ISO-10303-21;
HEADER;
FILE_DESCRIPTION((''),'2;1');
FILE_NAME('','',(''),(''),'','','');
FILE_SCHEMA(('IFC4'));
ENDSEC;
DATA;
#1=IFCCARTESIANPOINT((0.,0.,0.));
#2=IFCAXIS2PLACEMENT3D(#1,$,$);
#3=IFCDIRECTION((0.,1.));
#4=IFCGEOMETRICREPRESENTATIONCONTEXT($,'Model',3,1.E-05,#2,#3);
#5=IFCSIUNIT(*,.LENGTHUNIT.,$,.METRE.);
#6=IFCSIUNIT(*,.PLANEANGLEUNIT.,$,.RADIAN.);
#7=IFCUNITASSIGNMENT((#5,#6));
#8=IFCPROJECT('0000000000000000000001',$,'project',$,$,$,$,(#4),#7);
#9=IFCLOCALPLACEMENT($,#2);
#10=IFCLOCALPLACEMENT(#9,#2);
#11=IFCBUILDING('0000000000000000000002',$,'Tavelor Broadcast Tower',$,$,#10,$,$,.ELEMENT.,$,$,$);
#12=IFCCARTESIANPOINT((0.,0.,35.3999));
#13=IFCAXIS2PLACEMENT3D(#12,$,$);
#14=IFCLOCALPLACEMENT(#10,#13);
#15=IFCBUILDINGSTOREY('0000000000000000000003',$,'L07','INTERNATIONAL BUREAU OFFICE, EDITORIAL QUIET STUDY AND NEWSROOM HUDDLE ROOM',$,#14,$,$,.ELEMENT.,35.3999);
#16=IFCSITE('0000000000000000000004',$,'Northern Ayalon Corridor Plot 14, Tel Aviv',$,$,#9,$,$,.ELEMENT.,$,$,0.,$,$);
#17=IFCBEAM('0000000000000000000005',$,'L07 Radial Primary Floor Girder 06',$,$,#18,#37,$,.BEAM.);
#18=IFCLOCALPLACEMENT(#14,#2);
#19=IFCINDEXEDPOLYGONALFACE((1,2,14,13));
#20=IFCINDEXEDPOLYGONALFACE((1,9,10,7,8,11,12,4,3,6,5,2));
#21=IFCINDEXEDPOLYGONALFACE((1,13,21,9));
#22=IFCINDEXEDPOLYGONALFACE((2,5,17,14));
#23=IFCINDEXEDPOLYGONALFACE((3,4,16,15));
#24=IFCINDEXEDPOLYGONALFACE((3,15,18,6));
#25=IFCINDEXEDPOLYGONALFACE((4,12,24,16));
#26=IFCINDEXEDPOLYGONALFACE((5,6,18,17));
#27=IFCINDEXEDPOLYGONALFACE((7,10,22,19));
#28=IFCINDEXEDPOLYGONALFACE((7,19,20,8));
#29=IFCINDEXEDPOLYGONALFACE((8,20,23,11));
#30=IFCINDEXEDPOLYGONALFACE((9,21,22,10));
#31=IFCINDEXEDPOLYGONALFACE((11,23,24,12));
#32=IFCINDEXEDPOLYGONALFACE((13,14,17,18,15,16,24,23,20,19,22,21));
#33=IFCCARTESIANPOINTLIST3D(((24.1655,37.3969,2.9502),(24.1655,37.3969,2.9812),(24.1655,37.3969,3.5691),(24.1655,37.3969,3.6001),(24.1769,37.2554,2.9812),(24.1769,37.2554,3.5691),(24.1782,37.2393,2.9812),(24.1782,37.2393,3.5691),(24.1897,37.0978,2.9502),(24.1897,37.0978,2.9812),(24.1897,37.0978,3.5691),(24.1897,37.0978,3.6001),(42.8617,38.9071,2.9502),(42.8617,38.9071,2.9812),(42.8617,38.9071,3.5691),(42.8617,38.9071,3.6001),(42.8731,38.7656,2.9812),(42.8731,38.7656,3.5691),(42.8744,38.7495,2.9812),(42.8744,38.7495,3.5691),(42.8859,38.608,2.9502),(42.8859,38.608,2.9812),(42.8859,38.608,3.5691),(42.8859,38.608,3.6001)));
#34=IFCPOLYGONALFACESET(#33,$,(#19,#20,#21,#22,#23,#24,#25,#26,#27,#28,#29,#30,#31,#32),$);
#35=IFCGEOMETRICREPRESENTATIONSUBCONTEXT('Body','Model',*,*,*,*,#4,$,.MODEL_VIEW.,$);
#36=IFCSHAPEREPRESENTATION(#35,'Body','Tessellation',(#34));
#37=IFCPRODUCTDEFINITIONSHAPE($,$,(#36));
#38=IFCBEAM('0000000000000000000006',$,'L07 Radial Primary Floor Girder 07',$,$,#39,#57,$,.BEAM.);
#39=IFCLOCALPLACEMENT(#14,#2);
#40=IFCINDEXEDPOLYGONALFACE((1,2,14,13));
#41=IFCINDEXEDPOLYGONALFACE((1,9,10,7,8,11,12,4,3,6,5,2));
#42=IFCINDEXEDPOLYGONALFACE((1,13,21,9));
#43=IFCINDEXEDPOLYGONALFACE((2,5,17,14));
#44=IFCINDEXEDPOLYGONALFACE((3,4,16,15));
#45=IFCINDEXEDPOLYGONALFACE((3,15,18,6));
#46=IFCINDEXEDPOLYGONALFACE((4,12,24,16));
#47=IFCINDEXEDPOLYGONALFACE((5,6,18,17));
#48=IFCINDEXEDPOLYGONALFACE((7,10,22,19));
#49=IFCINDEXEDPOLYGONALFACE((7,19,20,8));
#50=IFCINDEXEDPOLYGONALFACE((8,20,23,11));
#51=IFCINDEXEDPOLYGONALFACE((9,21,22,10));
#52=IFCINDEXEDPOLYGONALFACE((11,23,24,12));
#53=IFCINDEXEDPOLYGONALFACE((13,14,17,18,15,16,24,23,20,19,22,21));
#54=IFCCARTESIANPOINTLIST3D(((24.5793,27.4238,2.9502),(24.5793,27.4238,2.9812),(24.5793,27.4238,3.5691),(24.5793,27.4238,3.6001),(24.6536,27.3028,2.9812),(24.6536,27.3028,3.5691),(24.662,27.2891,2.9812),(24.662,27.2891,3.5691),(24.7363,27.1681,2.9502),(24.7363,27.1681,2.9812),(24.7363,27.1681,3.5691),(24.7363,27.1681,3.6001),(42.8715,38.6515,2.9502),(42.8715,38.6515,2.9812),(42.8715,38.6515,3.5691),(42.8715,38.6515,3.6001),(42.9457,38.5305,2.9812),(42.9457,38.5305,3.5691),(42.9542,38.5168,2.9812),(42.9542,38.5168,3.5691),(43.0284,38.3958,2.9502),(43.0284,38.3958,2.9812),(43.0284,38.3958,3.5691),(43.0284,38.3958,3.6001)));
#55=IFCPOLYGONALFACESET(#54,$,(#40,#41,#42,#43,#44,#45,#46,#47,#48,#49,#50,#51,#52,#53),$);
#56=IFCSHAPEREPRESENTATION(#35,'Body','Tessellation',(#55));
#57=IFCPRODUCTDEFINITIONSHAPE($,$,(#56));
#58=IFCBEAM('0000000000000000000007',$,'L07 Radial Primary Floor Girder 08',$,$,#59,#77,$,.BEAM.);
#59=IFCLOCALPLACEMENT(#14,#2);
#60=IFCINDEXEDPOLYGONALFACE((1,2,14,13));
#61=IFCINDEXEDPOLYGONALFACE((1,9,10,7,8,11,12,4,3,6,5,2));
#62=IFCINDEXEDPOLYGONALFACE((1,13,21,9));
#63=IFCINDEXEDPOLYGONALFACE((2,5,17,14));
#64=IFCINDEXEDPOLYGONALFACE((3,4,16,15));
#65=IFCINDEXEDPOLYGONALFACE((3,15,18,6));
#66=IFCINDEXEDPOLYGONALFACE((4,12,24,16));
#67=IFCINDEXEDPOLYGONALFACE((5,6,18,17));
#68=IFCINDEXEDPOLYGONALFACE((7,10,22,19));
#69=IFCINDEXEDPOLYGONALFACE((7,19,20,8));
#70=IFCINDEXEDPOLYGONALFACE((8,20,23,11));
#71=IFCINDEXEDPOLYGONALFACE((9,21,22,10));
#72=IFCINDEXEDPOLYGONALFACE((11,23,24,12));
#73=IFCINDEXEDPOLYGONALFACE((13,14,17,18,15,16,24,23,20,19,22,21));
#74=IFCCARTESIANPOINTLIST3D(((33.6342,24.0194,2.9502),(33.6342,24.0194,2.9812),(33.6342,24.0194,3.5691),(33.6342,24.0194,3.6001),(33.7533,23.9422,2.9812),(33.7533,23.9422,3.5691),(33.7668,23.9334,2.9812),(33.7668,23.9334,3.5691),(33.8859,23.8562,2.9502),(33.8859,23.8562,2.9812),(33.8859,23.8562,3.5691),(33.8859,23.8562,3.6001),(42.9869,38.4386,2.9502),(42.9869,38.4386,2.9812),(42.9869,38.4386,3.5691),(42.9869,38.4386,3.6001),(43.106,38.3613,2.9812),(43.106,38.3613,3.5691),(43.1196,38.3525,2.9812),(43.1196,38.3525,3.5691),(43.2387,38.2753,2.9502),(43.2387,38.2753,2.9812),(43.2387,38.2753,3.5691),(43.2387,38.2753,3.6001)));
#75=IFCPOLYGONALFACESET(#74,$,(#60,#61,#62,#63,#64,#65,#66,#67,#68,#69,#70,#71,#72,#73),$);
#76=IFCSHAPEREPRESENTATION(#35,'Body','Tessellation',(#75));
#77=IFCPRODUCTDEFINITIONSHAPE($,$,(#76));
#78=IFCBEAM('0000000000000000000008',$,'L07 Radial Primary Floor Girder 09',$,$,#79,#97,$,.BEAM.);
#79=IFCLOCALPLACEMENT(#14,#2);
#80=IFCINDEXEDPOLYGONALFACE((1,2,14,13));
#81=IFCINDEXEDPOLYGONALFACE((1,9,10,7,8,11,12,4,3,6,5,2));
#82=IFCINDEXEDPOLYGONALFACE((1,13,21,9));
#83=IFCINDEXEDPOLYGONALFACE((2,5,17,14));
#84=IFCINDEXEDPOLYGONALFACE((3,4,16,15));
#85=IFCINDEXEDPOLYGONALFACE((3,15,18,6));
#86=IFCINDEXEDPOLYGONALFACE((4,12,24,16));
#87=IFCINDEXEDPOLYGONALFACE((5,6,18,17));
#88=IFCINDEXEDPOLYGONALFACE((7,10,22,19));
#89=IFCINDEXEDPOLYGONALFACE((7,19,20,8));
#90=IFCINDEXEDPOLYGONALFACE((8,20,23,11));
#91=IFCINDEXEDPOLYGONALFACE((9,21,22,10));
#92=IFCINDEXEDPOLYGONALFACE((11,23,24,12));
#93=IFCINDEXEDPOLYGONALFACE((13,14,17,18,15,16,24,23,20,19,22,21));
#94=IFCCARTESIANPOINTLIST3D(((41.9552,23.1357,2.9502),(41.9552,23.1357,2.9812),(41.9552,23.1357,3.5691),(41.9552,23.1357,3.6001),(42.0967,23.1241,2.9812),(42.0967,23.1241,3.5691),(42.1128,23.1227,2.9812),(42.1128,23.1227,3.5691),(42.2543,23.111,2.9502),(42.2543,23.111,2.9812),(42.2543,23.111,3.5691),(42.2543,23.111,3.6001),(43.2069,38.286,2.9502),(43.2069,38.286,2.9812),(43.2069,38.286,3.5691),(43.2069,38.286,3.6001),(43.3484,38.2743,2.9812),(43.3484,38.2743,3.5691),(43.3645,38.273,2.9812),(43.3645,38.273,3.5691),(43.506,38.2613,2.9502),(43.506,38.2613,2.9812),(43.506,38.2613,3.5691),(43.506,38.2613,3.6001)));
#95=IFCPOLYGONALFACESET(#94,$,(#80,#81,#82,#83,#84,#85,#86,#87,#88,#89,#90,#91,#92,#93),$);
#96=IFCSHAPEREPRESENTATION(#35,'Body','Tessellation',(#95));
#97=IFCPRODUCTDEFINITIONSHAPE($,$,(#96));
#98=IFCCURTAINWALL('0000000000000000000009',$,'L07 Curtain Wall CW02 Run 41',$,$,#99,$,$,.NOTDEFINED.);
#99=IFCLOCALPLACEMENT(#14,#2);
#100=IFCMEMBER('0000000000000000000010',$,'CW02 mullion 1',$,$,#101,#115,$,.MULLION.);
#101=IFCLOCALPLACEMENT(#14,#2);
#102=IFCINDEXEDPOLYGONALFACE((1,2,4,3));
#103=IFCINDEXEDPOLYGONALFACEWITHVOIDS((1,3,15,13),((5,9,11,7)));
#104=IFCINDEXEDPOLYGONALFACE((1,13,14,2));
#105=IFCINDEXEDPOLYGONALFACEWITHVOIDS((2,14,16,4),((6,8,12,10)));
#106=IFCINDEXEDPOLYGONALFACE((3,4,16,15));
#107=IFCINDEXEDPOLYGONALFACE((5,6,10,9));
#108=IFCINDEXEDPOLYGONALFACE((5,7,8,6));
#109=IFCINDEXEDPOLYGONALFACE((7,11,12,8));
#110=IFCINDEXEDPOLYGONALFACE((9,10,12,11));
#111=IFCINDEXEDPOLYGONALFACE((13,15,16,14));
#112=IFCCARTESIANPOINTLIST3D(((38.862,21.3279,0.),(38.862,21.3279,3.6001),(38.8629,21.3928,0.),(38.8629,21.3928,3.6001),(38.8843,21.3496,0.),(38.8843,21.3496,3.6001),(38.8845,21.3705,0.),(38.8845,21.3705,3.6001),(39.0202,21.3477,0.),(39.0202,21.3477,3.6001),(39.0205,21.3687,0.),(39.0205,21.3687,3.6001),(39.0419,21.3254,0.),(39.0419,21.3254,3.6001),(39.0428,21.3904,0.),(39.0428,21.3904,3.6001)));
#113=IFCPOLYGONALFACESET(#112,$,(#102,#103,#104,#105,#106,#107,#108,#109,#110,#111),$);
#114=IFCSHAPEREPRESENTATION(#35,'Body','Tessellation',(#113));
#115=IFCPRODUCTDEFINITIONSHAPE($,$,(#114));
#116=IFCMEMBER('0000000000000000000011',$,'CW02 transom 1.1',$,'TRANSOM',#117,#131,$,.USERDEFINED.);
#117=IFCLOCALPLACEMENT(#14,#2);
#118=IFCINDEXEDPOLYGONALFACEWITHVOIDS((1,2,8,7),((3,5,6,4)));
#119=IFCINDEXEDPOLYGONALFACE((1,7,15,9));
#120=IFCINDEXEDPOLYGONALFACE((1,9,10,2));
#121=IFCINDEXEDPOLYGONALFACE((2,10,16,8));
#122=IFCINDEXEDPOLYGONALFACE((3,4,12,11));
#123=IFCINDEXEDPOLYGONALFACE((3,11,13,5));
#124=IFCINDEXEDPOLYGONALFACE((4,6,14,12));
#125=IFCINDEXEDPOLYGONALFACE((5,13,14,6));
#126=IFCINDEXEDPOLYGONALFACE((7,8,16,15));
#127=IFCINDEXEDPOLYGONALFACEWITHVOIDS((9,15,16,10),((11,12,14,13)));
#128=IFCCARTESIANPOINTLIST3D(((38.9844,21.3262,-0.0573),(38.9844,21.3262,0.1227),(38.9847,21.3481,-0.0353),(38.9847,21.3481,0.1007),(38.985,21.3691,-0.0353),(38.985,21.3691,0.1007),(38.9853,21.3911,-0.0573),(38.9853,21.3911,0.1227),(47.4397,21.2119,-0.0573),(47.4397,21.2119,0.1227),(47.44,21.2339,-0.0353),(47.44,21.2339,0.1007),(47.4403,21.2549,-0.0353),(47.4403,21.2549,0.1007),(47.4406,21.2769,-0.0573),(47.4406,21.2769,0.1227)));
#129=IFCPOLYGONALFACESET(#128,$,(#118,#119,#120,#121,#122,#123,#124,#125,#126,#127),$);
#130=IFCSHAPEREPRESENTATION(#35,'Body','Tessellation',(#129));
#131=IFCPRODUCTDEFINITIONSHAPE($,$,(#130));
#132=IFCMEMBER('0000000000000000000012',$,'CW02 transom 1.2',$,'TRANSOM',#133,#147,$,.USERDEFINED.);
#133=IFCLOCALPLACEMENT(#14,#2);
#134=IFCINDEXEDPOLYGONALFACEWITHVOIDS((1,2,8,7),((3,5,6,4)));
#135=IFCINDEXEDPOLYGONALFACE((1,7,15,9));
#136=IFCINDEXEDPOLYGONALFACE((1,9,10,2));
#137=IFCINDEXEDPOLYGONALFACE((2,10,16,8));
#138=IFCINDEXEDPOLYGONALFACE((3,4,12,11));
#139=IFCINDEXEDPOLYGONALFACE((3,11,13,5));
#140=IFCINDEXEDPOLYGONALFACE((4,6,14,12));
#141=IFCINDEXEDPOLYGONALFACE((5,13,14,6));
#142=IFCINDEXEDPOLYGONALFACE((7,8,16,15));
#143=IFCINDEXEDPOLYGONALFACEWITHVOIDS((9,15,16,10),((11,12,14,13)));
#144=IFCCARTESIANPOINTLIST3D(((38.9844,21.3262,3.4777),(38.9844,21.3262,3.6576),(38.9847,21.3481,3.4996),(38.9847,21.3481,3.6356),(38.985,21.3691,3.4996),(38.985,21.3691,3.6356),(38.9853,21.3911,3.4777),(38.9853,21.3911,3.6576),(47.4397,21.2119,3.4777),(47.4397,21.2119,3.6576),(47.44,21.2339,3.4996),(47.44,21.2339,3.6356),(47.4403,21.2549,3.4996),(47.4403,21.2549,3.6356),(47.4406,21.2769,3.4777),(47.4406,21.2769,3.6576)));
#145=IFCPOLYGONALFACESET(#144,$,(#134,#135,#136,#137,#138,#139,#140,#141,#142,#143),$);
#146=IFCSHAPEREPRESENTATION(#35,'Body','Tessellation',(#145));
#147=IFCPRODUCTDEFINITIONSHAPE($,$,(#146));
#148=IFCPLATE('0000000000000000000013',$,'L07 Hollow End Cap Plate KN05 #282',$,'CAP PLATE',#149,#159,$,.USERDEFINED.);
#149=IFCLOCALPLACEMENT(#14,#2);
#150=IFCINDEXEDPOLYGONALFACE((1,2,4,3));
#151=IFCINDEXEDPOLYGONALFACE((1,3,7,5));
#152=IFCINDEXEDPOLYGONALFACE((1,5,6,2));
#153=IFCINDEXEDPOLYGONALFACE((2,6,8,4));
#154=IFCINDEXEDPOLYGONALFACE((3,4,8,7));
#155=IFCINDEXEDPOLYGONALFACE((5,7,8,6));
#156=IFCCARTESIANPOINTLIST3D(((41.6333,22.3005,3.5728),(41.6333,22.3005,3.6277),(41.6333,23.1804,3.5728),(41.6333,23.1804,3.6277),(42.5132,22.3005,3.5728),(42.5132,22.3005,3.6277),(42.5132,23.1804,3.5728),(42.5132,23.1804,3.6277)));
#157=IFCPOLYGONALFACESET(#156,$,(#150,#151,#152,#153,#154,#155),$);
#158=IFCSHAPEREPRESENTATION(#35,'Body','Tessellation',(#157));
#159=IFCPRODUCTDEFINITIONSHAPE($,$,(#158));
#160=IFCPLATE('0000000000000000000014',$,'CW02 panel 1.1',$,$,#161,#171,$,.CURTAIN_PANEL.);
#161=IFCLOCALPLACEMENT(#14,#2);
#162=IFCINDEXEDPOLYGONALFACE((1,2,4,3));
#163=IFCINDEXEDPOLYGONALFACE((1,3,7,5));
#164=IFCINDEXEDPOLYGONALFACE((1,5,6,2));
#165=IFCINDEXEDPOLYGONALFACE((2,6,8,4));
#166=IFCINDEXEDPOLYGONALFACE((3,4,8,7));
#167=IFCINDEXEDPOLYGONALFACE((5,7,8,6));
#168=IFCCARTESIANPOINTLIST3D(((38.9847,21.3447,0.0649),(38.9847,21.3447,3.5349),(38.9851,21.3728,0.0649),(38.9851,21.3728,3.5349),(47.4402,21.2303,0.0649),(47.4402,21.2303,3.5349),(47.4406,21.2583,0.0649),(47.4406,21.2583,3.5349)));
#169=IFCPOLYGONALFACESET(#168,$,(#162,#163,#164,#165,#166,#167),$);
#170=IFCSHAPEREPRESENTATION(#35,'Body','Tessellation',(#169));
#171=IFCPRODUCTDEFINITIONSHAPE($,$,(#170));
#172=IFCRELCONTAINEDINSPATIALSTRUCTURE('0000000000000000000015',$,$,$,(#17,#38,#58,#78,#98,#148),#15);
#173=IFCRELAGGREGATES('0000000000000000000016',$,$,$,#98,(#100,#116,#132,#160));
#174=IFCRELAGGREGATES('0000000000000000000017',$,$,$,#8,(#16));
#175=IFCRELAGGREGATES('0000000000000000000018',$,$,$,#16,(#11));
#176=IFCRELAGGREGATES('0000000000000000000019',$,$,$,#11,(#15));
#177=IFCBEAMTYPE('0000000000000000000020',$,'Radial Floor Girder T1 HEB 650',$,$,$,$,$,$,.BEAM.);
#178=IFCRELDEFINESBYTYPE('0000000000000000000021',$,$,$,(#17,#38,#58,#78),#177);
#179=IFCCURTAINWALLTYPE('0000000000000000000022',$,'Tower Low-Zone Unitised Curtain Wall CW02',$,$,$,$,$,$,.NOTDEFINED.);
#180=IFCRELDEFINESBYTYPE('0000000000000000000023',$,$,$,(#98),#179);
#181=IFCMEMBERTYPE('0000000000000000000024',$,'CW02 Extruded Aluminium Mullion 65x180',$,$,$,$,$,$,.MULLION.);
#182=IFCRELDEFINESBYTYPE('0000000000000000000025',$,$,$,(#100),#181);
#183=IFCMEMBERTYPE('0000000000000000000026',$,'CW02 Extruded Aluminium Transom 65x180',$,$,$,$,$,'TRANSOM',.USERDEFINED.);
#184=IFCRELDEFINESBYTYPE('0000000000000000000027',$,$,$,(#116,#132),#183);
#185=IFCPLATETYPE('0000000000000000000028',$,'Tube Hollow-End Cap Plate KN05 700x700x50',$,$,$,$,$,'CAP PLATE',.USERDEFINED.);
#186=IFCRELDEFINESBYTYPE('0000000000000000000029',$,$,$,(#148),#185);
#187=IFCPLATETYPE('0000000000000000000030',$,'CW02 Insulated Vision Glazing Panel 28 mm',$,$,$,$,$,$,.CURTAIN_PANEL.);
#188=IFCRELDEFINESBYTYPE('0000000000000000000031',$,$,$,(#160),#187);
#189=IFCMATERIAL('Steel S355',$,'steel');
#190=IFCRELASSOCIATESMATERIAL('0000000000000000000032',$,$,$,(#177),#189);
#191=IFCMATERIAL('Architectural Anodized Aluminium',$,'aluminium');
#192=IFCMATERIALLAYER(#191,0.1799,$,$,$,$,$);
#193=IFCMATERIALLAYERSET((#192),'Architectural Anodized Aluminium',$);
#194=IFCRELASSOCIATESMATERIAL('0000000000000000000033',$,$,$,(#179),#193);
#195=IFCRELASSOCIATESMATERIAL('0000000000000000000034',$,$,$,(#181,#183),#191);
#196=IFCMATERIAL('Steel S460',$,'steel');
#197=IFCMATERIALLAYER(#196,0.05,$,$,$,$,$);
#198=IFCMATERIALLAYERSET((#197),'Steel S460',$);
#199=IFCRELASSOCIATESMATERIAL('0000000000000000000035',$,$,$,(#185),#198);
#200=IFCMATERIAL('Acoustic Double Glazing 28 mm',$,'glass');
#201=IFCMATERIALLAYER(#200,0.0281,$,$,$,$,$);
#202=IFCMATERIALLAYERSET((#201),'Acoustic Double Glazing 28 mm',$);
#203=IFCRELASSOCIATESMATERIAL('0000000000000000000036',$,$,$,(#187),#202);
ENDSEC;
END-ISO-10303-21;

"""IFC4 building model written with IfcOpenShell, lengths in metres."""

from ifc_helpers import new_model, si_unit, direction, frame, origin, origin_2d, place, context, subcontext, project, spatial, rectangle, hollow_rectangle, i_section, extrude, source, transform, mapped, material, layer, layer_set, material_profile, profile_set, type_object, type_shapes, element, aggregate, save


model = new_model("IFC4")

# Units and contexts
model_context = context("Model", 3, precision=1e-05, world=origin(), true_north=direction((0.0, 1.0)))
body_context = subcontext(model_context, "Body", "Model", "MODEL_VIEW")
ifc_project = project(units=[si_unit("LENGTHUNIT", "METRE"), si_unit("PLANEANGLEUNIT", "RADIAN")], contexts=[model_context])

# Site, building, storey
site_placement = place(None, origin())
site = spatial("IfcSite", under=ifc_project, at=site_placement, Name="Northern Ayalon Corridor Plot 14, Tel Aviv", CompositionType="ELEMENT", RefElevation=0.0)
building_placement = place(site_placement, origin())
building = spatial("IfcBuilding", under=site, at=building_placement, Name="Tavelor Broadcast Tower", CompositionType="ELEMENT")
storey_placement = place(building_placement, frame((0.0, 0.0, 35.3999)))
storey = spatial("IfcBuildingStorey", under=building, at=storey_placement, Name="L07", Description="INTERNATIONAL BUREAU OFFICE, EDITORIAL QUIET STUDY AND NEWSROOM HUDDLE ROOM", CompositionType="ELEMENT", Elevation=35.3999)

# Shared definitions
ifc_material_1 = material(Name="Steel S460", Category="steel")

# Shared definitions
ifc_material_2 = material(Name="Steel S355", Category="steel")

# Beams
ifc_material_profile_1 = material_profile(ifc_material_2, i_section(OverallWidth=0.3, OverallDepth=0.6499, WebThickness=0.0161, FlangeThickness=0.031, at=origin_2d()), Name="HEB 650")
ifc_profile_set_1 = profile_set([ifc_material_profile_1], Name="Steel S355")
beam_type_1 = type_object("IfcBeamType", Name="Radial Floor Girder T1 HEB 650", PredefinedType="BEAM", material=ifc_profile_set_1)
beam_1_placement = place(storey_placement, frame((42.8738, 38.7576, 3.2751), z_axis=(-0.996753, -0.080516, 0.0), x_axis=(0.080516, -0.996753, 0.0)))
element("IfcBeam", 1, at=beam_1_placement, inside=storey, type_object=beam_type_1, Name="L07 Radial Primary Floor Girder 06", PredefinedType="BEAM", context=body_context, shape_type="SweptSolid", body=[
    extrude(i_section(OverallWidth=0.3, OverallDepth=0.6499, WebThickness=0.0161, FlangeThickness=0.031, at=origin_2d()), origin(), (0.0, 0.0, 1.0), 18.7571),
])
beam_2_placement = place(storey_placement, frame((42.95, 38.5237, 3.2751), z_axis=(-0.85226, -0.523118, 0.0), x_axis=(0.523118, -0.85226, 0.0)))
element("IfcBeam", 2, at=beam_2_placement, inside=storey, type_object=beam_type_1, Name="L07 Radial Primary Floor Girder 07", PredefinedType="BEAM", context=body_context, shape_type="SweptSolid", body=[
    extrude(i_section(OverallWidth=0.3, OverallDepth=0.6499, WebThickness=0.0161, FlangeThickness=0.031, at=origin_2d()), origin(), (0.0, 0.0, 1.0), 21.4631),
])
beam_3_placement = place(storey_placement, frame((43.1128, 38.3569, 3.2751), z_axis=(-0.544183, -0.838967, 0.0), x_axis=(0.838967, -0.544183, 0.0)))
element("IfcBeam", 3, at=beam_3_placement, inside=storey, type_object=beam_type_1, Name="L07 Radial Primary Floor Girder 08", PredefinedType="BEAM", context=body_context, shape_type="SweptSolid", body=[
    extrude(i_section(OverallWidth=0.3, OverallDepth=0.6499, WebThickness=0.0161, FlangeThickness=0.031, at=origin_2d()), origin(), (0.0, 0.0, 1.0), 17.1868),
])
beam_4_placement = place(storey_placement, frame((43.3564, 38.2737, 3.2751), z_axis=(-0.082338, -0.996604, 0.0), x_axis=(0.996604, -0.082338, 0.0)))
element("IfcBeam", 4, at=beam_4_placement, inside=storey, type_object=beam_type_1, Name="L07 Radial Primary Floor Girder 09", PredefinedType="BEAM", context=body_context, shape_type="SweptSolid", body=[
    extrude(i_section(OverallWidth=0.3, OverallDepth=0.6499, WebThickness=0.0161, FlangeThickness=0.031, at=origin_2d()), origin(), (0.0, 0.0, 1.0), 15.2019),
])

# Curtain wall, members
ifc_material_3 = material(Name="Architectural Anodized Aluminium", Category="aluminium")
ifc_layer_1 = layer(ifc_material_3, 0.1799)
ifc_layer_set_1 = layer_set([ifc_layer_1], Name="Architectural Anodized Aluminium")
curtain_wall_type = type_object("IfcCurtainWallType", Name="Tower Low-Zone Unitised Curtain Wall CW02", PredefinedType="NOTDEFINED", material=ifc_layer_set_1)
curtain_wall_placement = place(storey_placement, origin())
curtain_wall = element("IfcCurtainWall", 5, at=curtain_wall_placement, inside=storey, type_object=curtain_wall_type, Name="L07 Curtain Wall CW02 Run 41", PredefinedType="NOTDEFINED")
ifc_material_profile_2 = material_profile(ifc_material_3, hollow_rectangle(XDim=0.0649, YDim=0.1799, WallThickness=0.022, at=origin_2d()), Name="RHS 65x180x22")
ifc_profile_set_2 = profile_set([ifc_material_profile_2], Name="Architectural Anodized Aluminium")
member_type_1 = type_object("IfcMemberType", Name="CW02 Extruded Aluminium Mullion 65x180", PredefinedType="MULLION", material=ifc_profile_set_2)
shared_shape_1 = source(origin(), body_context, "Body", "SweptSolid", [
    extrude(hollow_rectangle(XDim=0.0649, YDim=0.1799, WallThickness=0.022, at=origin_2d()), origin(), (0.0, 0.0, 1.0), 3.6001),
])
type_shapes(member_type_1, [shared_shape_1])
member_1_placement = place(storey_placement, frame((38.9524, 21.3591, 0.0), z_axis=(0.0, 0.0, 1.0), x_axis=(0.013533, 0.999908, 0.0)))
member_1 = element("IfcMember", 6, at=member_1_placement, type_object=member_type_1, Name="CW02 mullion 1", PredefinedType="MULLION", context=body_context, shape_type="MappedRepresentation", body=[
    mapped(shared_shape_1, transform((0.0, 0.0, 0.0), scale=1.0)),
])
ifc_material_profile_3 = material_profile(ifc_material_3, hollow_rectangle(XDim=0.0649, YDim=0.1799, WallThickness=0.022, at=origin_2d()), Name="RHS 65x180x22")
ifc_profile_set_3 = profile_set([ifc_material_profile_3], Name="Architectural Anodized Aluminium")
member_type_2 = type_object("IfcMemberType", Name="CW02 Extruded Aluminium Transom 65x180", ElementType="TRANSOM", PredefinedType="USERDEFINED", material=ifc_profile_set_3)
shared_shape_2 = source(origin(), body_context, "Body", "SweptSolid", [
    extrude(hollow_rectangle(XDim=0.0649, YDim=0.1799, WallThickness=0.022, at=origin_2d()), origin(), (0.0, 0.0, 1.0), 8.4561),
])
type_shapes(member_type_2, [shared_shape_2])
member_2_placement = place(storey_placement, frame((38.9849, 21.3586, 0.0327), z_axis=(0.999909, -0.013512, 0.0), x_axis=(0.013512, 0.999909, 0.0)))
member_2 = element("IfcMember", 7, at=member_2_placement, type_object=member_type_2, Name="CW02 transom 1.1", ObjectType="TRANSOM", PredefinedType="USERDEFINED", context=body_context, shape_type="MappedRepresentation", body=[
    mapped(shared_shape_2, transform((0.0, 0.0, 0.0), scale=1.0)),
])
member_3_placement = place(storey_placement, frame((38.9849, 21.3586, 3.5676), z_axis=(0.999909, -0.013512, 0.0), x_axis=(0.013512, 0.999909, 0.0)))
member_3 = element("IfcMember", 8, at=member_3_placement, type_object=member_type_2, Name="CW02 transom 1.2", ObjectType="TRANSOM", PredefinedType="USERDEFINED", context=body_context, shape_type="MappedRepresentation", body=[
    mapped(shared_shape_2, transform((0.0, 0.0, 0.0), scale=1.0)),
])

# Plates
ifc_layer_2 = layer(ifc_material_1, 0.05)
ifc_layer_set_2 = layer_set([ifc_layer_2], Name="Steel S460")
plate_type_1 = type_object("IfcPlateType", Name="Tube Hollow-End Cap Plate KN05 700x700x50", ElementType="CAP PLATE", PredefinedType="USERDEFINED", material=ifc_layer_set_2)
shared_shape_3 = source(origin(), body_context, "Body", "SweptSolid", [
    extrude(rectangle(XDim=0.8799, YDim=0.8799, at=origin_2d()), origin(), (0.0, 0.0, 1.0), 0.0549),
])
type_shapes(plate_type_1, [shared_shape_3])
plate_1_placement = place(storey_placement, frame((42.0732, 22.7405, 3.5728), z_axis=(0.0, 0.0, 1.0), x_axis=(1.0, 0.0, 0.0)))
element("IfcPlate", 9, at=plate_1_placement, inside=storey, type_object=plate_type_1, Name="L07 Hollow End Cap Plate KN05 #282", ObjectType="CAP PLATE", PredefinedType="USERDEFINED", context=body_context, shape_type="MappedRepresentation", body=[
    mapped(shared_shape_3, transform((0.0, 0.0, 0.0), scale=1.0)),
])
ifc_material_4 = material(Name="Acoustic Double Glazing 28 mm", Category="glass")
ifc_layer_3 = layer(ifc_material_4, 0.0281)
ifc_layer_set_3 = layer_set([ifc_layer_3], Name="Acoustic Double Glazing 28 mm")
plate_type_2 = type_object("IfcPlateType", Name="CW02 Insulated Vision Glazing Panel 28 mm", PredefinedType="CURTAIN_PANEL", material=ifc_layer_set_3)
shared_shape_4 = source(origin(), body_context, "Body", "SweptSolid", [
    extrude(rectangle(XDim=8.4563, YDim=0.0281, at=origin_2d()), origin(), (0.0, 0.0, 1.0), 3.47),
])
type_shapes(plate_type_2, [shared_shape_4])
plate_2_placement = place(storey_placement, frame((43.2126, 21.3015, 0.0649), z_axis=(0.0, 0.0, 1.0), x_axis=(0.999908, -0.013533, 0.0)))
plate_2 = element("IfcPlate", 10, at=plate_2_placement, type_object=plate_type_2, Name="CW02 panel 1.1", PredefinedType="CURTAIN_PANEL", context=body_context, shape_type="MappedRepresentation", body=[
    mapped(shared_shape_4, transform((0.0, 0.0, 0.0), scale=1.0)),
])
aggregate(curtain_wall, [member_1, member_2, member_3, plate_2])

save(model, "model.ifc")
